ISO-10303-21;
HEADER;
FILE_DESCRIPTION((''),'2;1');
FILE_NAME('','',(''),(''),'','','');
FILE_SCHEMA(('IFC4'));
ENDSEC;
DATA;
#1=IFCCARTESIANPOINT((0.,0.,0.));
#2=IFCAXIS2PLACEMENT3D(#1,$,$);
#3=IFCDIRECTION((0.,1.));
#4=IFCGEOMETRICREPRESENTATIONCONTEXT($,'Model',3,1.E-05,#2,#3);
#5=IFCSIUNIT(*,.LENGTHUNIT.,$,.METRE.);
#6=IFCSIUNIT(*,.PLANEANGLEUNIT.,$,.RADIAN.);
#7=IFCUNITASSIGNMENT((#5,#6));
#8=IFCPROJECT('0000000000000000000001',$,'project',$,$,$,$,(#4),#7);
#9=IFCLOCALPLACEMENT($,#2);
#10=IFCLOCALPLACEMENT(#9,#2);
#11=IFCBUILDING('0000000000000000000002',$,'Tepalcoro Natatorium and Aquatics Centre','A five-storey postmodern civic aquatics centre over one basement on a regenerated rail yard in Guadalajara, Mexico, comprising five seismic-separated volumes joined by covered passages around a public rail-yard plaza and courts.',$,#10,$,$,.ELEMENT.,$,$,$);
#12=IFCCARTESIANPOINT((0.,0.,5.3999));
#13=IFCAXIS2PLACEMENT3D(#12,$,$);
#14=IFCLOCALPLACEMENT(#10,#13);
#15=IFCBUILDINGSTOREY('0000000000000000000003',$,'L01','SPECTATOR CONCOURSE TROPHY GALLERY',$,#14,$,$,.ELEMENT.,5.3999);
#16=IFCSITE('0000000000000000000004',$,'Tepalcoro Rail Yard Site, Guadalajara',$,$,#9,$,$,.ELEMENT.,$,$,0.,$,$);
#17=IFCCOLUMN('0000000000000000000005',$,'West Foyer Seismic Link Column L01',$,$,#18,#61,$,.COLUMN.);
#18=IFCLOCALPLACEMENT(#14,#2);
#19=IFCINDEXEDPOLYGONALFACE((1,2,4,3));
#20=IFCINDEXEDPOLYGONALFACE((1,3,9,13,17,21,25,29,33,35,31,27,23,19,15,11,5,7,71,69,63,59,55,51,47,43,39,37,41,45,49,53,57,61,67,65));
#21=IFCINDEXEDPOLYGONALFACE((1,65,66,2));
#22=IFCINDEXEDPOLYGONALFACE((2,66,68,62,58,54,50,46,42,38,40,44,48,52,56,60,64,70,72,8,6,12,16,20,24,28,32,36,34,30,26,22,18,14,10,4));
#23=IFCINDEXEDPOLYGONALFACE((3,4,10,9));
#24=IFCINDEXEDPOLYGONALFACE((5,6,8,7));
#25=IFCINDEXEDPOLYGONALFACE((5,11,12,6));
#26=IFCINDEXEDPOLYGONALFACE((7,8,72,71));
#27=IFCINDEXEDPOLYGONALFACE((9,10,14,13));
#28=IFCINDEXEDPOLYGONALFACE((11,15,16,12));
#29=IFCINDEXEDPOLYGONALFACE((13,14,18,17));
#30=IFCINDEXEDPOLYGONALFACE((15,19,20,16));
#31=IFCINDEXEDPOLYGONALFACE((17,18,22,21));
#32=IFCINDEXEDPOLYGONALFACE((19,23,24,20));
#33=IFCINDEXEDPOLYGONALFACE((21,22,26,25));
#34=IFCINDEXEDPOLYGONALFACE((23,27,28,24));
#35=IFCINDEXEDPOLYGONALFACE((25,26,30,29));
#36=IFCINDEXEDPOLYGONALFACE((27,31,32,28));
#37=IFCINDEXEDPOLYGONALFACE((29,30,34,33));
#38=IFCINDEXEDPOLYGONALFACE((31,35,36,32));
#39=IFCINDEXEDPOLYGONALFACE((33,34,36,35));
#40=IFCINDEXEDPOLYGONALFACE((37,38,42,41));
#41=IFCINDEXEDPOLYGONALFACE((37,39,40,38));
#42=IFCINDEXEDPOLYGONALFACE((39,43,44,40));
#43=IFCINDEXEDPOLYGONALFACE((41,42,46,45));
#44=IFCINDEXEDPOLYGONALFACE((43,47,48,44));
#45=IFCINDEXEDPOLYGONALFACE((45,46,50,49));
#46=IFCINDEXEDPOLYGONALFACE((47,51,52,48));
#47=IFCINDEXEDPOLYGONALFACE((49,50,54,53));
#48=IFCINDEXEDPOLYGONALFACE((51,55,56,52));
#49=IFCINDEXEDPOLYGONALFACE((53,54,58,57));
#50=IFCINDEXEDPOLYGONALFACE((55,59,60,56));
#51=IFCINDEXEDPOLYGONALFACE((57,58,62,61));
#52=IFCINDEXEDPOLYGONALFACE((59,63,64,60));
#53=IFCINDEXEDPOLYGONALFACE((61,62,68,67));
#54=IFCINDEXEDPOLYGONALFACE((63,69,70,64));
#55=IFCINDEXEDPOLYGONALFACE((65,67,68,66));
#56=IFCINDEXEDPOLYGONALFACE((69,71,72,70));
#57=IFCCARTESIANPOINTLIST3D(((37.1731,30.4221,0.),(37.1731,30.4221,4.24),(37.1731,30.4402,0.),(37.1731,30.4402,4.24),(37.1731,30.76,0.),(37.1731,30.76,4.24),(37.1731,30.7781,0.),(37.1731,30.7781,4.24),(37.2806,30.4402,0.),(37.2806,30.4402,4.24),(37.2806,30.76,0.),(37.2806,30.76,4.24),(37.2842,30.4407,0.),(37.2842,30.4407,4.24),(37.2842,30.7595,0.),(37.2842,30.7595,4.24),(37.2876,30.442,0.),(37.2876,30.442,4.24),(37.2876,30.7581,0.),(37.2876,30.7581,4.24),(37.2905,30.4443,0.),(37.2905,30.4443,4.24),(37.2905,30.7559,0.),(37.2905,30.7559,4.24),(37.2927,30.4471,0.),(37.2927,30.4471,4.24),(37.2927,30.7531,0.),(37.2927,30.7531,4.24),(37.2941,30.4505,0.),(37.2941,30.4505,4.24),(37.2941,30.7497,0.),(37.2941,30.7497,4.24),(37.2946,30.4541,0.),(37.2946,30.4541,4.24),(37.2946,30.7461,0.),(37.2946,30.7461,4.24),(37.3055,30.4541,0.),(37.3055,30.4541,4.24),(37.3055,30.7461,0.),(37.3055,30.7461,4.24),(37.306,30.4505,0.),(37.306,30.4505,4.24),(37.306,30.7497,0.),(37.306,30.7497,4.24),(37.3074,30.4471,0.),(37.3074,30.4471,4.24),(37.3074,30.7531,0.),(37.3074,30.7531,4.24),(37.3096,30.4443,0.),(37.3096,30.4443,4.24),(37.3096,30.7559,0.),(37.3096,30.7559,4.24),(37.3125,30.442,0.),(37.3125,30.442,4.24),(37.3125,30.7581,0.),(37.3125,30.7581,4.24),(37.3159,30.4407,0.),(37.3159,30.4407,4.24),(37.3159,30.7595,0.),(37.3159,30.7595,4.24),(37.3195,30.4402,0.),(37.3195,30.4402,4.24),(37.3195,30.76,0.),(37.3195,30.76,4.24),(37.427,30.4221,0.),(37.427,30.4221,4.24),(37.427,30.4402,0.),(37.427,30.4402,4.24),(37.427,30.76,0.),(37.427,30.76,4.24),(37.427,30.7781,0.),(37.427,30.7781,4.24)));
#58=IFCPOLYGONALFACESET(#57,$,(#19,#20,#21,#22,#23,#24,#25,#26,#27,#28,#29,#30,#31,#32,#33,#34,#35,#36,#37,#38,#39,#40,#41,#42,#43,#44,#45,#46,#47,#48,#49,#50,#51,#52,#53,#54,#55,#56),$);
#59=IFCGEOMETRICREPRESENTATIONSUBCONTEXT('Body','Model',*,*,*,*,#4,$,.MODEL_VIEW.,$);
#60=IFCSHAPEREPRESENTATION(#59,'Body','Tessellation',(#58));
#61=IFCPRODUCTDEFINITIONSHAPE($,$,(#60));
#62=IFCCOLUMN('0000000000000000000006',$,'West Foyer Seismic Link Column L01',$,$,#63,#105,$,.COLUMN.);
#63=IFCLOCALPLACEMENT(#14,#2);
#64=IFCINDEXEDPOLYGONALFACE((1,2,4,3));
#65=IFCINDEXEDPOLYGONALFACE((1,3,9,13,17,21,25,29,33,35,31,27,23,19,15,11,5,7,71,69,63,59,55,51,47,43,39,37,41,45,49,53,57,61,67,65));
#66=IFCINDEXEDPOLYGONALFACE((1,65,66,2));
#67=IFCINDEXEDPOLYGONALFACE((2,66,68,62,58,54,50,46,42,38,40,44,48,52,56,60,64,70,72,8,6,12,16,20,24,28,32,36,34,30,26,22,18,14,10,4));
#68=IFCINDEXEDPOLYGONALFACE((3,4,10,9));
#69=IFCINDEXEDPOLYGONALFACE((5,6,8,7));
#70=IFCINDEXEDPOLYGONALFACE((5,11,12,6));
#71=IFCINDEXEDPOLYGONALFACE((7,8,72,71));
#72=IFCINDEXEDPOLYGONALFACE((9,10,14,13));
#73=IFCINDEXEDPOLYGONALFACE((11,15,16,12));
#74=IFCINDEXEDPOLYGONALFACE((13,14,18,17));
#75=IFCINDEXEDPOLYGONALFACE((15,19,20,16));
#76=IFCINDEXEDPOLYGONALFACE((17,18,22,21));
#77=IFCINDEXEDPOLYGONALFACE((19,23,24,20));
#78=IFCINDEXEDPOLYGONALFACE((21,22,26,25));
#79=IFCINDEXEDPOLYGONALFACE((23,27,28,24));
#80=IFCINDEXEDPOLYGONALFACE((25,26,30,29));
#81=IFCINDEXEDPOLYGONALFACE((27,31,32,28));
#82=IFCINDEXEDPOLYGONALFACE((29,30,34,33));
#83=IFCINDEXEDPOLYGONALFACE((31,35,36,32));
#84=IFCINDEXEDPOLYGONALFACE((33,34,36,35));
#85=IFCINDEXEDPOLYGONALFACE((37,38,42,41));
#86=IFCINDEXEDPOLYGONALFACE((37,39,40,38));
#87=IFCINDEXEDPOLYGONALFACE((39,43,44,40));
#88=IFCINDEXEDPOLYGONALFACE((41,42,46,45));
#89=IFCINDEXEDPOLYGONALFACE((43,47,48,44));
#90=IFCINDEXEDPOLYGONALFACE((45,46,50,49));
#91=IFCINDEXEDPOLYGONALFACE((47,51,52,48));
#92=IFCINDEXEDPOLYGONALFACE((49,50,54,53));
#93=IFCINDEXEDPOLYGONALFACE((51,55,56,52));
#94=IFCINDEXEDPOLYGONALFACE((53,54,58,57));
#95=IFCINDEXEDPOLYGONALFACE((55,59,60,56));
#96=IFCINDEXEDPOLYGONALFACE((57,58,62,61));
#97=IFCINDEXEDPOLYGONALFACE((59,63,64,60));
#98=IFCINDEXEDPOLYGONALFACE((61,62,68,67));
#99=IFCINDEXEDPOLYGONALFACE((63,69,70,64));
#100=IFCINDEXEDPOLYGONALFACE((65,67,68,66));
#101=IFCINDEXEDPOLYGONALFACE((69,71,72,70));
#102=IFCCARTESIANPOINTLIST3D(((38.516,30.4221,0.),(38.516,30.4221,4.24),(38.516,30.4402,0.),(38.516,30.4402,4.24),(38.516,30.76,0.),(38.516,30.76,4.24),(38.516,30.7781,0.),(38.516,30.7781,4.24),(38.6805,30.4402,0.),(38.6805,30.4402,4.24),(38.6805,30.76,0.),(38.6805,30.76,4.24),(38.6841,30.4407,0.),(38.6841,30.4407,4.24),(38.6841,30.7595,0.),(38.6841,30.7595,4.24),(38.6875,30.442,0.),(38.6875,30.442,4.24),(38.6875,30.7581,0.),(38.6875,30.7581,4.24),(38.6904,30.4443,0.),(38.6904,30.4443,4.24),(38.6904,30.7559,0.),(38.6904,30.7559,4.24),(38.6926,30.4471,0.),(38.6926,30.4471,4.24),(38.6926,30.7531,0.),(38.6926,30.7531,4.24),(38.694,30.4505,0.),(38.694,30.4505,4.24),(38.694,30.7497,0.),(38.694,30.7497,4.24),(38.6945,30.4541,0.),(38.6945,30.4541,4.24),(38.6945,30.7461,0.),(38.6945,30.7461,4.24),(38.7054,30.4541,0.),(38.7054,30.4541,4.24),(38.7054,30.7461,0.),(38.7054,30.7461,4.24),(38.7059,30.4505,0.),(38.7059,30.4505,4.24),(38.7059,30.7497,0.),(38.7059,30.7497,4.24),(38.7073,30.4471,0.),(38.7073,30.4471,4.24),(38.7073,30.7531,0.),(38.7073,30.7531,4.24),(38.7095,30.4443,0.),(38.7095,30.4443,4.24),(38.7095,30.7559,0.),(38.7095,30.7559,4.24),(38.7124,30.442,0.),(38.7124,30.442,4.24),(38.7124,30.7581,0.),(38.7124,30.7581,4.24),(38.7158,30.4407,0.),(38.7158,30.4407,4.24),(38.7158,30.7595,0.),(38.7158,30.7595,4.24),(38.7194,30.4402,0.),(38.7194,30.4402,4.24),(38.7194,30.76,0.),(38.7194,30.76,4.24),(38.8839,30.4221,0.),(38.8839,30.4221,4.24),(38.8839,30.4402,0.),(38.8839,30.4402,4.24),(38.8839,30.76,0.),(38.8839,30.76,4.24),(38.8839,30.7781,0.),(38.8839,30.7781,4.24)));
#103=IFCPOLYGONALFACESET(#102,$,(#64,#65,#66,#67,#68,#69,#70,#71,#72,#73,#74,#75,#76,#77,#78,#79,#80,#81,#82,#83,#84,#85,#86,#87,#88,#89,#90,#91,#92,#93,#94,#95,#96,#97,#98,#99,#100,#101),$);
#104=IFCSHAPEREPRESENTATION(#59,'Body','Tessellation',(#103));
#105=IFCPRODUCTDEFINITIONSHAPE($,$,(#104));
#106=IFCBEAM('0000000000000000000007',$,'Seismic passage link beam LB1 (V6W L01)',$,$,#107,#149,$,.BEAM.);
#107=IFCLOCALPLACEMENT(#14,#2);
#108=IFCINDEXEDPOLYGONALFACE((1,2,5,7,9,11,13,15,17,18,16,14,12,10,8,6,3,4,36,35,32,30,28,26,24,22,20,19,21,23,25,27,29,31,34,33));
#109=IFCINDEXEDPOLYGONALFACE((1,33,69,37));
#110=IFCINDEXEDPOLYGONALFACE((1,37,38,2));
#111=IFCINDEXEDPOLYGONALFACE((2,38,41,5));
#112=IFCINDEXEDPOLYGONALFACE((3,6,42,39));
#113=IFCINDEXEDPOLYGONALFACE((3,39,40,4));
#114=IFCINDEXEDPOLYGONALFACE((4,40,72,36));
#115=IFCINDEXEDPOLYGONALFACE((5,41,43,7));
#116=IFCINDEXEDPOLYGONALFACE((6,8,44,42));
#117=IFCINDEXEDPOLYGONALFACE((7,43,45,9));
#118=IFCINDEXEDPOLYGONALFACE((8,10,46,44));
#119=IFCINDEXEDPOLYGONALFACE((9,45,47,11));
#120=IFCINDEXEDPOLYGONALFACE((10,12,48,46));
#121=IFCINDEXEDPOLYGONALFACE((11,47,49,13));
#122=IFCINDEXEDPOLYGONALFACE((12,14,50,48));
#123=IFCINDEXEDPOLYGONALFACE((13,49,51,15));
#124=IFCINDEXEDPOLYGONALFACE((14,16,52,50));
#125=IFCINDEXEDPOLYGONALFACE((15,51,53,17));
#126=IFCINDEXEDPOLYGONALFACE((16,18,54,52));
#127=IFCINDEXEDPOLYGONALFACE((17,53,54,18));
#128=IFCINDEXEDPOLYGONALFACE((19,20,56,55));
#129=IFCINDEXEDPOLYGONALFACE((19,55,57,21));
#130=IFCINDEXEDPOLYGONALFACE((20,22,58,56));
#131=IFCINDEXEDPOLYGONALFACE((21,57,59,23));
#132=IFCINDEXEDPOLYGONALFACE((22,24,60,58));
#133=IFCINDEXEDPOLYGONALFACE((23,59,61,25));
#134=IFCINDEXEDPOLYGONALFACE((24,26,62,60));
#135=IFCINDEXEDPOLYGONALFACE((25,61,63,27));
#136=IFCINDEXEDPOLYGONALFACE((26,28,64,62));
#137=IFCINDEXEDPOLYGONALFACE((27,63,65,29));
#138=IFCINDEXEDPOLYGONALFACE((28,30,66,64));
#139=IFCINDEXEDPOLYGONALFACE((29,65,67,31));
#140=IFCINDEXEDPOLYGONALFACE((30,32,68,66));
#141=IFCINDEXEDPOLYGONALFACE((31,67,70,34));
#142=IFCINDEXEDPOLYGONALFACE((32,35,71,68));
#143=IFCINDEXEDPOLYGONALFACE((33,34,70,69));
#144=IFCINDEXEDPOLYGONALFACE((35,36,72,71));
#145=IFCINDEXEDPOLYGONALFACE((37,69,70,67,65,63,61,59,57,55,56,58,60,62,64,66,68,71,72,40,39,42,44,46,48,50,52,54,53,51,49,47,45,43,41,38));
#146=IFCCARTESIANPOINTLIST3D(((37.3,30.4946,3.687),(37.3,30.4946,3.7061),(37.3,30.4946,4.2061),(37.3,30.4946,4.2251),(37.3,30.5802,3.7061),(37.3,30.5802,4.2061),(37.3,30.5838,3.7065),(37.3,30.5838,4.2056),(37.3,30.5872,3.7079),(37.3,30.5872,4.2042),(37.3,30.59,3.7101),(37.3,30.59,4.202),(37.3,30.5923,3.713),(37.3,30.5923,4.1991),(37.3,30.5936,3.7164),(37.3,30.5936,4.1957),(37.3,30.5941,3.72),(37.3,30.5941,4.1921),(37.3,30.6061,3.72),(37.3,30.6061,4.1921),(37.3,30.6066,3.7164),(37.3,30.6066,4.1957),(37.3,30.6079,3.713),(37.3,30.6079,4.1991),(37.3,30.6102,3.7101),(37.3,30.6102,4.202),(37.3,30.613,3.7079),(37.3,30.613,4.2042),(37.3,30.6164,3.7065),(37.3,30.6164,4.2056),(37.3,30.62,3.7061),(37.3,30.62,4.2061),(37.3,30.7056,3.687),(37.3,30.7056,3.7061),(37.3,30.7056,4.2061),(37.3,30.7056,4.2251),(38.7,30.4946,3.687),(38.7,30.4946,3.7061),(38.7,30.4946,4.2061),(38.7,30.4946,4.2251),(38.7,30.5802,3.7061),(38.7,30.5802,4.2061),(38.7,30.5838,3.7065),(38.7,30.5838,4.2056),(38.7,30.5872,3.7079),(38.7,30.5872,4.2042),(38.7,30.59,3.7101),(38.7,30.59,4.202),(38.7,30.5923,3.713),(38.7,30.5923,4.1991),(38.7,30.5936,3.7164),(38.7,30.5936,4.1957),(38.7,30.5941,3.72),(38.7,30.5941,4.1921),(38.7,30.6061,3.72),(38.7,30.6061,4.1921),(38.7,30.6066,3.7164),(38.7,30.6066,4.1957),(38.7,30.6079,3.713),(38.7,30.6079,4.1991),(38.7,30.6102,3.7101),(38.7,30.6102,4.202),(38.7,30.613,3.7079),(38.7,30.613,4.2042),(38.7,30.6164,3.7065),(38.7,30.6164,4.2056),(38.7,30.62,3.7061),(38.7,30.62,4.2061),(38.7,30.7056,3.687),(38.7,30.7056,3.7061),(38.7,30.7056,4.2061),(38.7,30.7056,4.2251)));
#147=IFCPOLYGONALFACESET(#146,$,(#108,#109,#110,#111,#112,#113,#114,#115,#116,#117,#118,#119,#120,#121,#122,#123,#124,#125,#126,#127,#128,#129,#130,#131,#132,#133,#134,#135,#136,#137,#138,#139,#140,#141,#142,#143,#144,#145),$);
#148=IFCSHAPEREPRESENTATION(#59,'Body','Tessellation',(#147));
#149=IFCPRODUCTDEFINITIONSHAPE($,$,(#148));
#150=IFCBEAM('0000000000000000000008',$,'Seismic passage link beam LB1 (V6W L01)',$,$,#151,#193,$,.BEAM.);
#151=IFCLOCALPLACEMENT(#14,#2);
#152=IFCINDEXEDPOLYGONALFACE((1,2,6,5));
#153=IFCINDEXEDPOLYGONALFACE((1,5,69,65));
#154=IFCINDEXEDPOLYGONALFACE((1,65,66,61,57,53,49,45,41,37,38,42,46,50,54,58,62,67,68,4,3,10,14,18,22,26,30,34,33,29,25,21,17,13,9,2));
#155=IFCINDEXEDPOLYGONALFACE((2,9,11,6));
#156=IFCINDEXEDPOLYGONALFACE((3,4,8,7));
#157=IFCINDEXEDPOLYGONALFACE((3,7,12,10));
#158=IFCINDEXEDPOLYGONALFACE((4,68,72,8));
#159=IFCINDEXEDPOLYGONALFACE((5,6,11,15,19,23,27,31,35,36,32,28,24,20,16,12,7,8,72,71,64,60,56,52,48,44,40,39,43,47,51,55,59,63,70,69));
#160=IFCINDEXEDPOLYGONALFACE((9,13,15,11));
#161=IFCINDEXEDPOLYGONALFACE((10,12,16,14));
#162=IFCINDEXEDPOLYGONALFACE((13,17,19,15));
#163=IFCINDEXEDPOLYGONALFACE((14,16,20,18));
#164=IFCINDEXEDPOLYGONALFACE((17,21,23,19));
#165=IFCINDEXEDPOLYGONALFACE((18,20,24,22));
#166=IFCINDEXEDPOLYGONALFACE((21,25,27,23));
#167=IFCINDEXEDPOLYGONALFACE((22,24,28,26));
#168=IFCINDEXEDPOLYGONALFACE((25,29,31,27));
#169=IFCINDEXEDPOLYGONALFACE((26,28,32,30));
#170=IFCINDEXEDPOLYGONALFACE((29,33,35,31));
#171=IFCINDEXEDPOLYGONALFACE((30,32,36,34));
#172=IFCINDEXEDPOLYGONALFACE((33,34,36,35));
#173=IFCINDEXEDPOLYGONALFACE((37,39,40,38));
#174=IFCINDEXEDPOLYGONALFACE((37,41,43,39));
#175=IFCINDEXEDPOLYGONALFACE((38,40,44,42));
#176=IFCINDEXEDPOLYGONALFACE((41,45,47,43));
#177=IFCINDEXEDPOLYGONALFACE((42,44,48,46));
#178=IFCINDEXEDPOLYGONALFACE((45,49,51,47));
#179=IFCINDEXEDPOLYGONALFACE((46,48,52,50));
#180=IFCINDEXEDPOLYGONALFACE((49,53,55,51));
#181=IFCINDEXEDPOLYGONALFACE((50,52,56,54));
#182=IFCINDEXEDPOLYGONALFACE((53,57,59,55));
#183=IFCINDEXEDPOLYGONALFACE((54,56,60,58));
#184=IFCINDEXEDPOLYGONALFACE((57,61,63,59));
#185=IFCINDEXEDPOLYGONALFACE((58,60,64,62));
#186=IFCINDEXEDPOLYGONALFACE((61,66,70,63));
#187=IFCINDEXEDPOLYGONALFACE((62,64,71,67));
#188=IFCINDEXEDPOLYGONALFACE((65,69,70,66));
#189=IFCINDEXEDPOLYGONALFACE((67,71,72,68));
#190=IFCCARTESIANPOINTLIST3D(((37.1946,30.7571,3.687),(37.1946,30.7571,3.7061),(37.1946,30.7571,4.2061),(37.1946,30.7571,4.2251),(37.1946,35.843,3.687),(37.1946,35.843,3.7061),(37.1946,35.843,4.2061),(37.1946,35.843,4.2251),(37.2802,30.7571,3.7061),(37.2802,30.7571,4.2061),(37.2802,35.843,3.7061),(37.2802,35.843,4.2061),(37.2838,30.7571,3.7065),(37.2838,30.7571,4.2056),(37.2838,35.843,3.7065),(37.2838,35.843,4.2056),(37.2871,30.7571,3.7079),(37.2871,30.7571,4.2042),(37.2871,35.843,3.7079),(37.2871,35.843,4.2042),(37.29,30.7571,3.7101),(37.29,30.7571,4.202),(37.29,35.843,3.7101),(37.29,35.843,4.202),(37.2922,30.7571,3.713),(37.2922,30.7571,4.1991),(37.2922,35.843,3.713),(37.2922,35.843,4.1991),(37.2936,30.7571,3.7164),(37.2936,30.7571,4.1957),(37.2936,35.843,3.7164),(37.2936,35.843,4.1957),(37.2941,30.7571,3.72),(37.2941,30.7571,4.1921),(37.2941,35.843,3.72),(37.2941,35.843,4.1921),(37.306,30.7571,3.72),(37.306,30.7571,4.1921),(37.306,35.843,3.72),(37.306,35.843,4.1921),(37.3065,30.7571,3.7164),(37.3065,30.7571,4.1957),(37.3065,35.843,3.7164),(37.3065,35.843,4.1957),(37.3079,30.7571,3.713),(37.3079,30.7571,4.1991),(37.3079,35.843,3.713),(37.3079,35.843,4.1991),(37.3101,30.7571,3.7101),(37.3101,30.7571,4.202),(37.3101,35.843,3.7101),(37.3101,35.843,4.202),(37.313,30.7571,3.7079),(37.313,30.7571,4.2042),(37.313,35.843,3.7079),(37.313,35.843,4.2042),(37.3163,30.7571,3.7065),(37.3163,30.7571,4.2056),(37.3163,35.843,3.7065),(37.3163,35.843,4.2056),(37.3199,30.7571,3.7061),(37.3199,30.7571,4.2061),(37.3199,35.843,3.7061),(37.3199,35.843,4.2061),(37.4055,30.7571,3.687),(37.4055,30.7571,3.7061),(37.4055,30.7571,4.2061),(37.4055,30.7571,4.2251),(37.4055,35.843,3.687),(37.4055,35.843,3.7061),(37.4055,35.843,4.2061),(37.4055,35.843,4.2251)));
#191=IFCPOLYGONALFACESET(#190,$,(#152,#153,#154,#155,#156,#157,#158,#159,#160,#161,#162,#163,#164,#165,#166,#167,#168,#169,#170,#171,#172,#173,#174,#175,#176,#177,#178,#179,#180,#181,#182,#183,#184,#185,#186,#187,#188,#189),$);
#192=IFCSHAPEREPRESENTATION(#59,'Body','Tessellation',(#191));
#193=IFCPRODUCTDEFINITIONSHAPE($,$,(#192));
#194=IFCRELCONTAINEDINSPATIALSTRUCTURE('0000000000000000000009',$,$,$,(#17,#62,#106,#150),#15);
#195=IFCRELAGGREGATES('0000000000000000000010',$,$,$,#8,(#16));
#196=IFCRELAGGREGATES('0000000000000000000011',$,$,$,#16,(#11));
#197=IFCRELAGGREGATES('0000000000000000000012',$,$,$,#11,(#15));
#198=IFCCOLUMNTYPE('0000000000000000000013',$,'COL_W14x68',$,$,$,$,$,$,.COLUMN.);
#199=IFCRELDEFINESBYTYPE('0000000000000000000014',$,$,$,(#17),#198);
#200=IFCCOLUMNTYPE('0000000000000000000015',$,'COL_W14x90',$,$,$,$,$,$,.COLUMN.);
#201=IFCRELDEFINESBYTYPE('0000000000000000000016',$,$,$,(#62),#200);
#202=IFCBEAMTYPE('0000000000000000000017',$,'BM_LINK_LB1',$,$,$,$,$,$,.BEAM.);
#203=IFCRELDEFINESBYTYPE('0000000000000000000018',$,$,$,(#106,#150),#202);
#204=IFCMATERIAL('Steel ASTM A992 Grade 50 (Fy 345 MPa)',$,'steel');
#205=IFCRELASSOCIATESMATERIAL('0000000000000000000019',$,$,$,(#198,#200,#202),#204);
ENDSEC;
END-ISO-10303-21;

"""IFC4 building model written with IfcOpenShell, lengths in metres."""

from ifc_helpers import new_model, si_unit, direction, frame, origin, origin_2d, place, context, subcontext, project, spatial, i_section, extrude, material, material_profile, profile_set, type_object, element, save


model = new_model("IFC4")

# Units and contexts
model_context = context("Model", 3, precision=1e-05, world=origin(), true_north=direction((0.0, 1.0)))
body_context = subcontext(model_context, "Body", "Model", "MODEL_VIEW")
ifc_project = project(units=[si_unit("LENGTHUNIT", "METRE"), si_unit("PLANEANGLEUNIT", "RADIAN")], contexts=[model_context])

# Site, building, storey
site_placement = place(None, origin())
site = spatial("IfcSite", under=ifc_project, at=site_placement, Name="Tepalcoro Rail Yard Site, Guadalajara", CompositionType="ELEMENT", RefElevation=0.0)
building_placement = place(site_placement, origin())
building = spatial("IfcBuilding", under=site, at=building_placement, Name="Tepalcoro Natatorium and Aquatics Centre", Description="A five-storey postmodern civic aquatics centre over one basement on a regenerated rail yard in Guadalajara, Mexico, comprising five seismic-separated volumes joined by covered passages around a public rail-yard plaza and courts.", CompositionType="ELEMENT")
storey_placement = place(building_placement, frame((0.0, 0.0, 5.3999)))
storey = spatial("IfcBuildingStorey", under=building, at=storey_placement, Name="L01", Description="SPECTATOR CONCOURSE TROPHY GALLERY", CompositionType="ELEMENT", Elevation=5.3999)

# Columns
ifc_material_1 = material(Name="Steel ASTM A992 Grade 50 (Fy 345 MPa)", Category="steel")
ifc_material_profile_1 = material_profile(ifc_material_1, i_section(OverallWidth=0.2539, OverallDepth=0.356, WebThickness=0.011, FlangeThickness=0.0181, FilletRadius=0.0139, at=origin_2d()), Name="W14X68")
ifc_profile_set_1 = profile_set([ifc_material_profile_1], Name="Steel ASTM A992 Grade 50 (Fy 345 MPa)")
column_type_1 = type_object("IfcColumnType", Name="COL_W14x68", PredefinedType="COLUMN", material=ifc_profile_set_1)
column_1_placement = place(storey_placement, frame((37.3, 30.6001, 0.0), z_axis=(0.0, 0.0, 1.0), x_axis=(1.0, 0.0, 0.0)))
element("IfcColumn", 1, at=column_1_placement, inside=storey, type_object=column_type_1, Name="West Foyer Seismic Link Column L01", PredefinedType="COLUMN", context=body_context, shape_type="SweptSolid", body=[
    extrude(i_section(OverallWidth=0.2539, OverallDepth=0.356, WebThickness=0.011, FlangeThickness=0.0181, FilletRadius=0.0139, at=origin_2d()), origin(), (0.0, 0.0, 1.0), 4.24),
])
ifc_material_profile_2 = material_profile(ifc_material_1, i_section(OverallWidth=0.3679, OverallDepth=0.356, WebThickness=0.011, FlangeThickness=0.0181, FilletRadius=0.0139, at=origin_2d()), Name="W14X90")
ifc_profile_set_2 = profile_set([ifc_material_profile_2], Name="Steel ASTM A992 Grade 50 (Fy 345 MPa)")
column_type_2 = type_object("IfcColumnType", Name="COL_W14x90", PredefinedType="COLUMN", material=ifc_profile_set_2)
column_2_placement = place(storey_placement, frame((38.7, 30.6001, 0.0), z_axis=(0.0, 0.0, 1.0), x_axis=(1.0, 0.0, 0.0)))
element("IfcColumn", 2, at=column_2_placement, inside=storey, type_object=column_type_2, Name="West Foyer Seismic Link Column L01", PredefinedType="COLUMN", context=body_context, shape_type="SweptSolid", body=[
    extrude(i_section(OverallWidth=0.3679, OverallDepth=0.356, WebThickness=0.011, FlangeThickness=0.0181, FilletRadius=0.0139, at=origin_2d()), origin(), (0.0, 0.0, 1.0), 4.24),
])

# Beams
ifc_material_profile_3 = material_profile(ifc_material_1, i_section(OverallWidth=0.2109, OverallDepth=0.5381, WebThickness=0.012, FlangeThickness=0.019, FilletRadius=0.0139, at=origin_2d()), Name="W21X73")
ifc_profile_set_3 = profile_set([ifc_material_profile_3], Name="Steel ASTM A992 Grade 50 (Fy 345 MPa)")
beam_type = type_object("IfcBeamType", Name="BM_LINK_LB1", PredefinedType="BEAM", material=ifc_profile_set_3)
beam_1_placement = place(storey_placement, frame((37.3, 30.6001, 3.9561), z_axis=(1.0, 0.0, 0.0), x_axis=(0.0, 1.0, 0.0)))
element("IfcBeam", 3, at=beam_1_placement, inside=storey, type_object=beam_type, Name="Seismic passage link beam LB1 (V6W L01)", PredefinedType="BEAM", context=body_context, shape_type="SweptSolid", body=[
    extrude(i_section(OverallWidth=0.2109, OverallDepth=0.5381, WebThickness=0.012, FlangeThickness=0.019, FilletRadius=0.0139, at=origin_2d()), origin(), (0.0, 0.0, 1.0), 1.3999),
])
beam_2_placement = place(storey_placement, frame((37.3, 30.7571, 3.9561), z_axis=(0.0, 1.0, 0.0), x_axis=(-1.0, 0.0, 0.0)))
element("IfcBeam", 4, at=beam_2_placement, inside=storey, type_object=beam_type, Name="Seismic passage link beam LB1 (V6W L01)", PredefinedType="BEAM", context=body_context, shape_type="SweptSolid", body=[
    extrude(i_section(OverallWidth=0.2109, OverallDepth=0.5381, WebThickness=0.012, FlangeThickness=0.019, FilletRadius=0.0139, at=origin_2d()), origin(), (0.0, 0.0, 1.0), 5.0859),
])

save(model, "model.ifc")
